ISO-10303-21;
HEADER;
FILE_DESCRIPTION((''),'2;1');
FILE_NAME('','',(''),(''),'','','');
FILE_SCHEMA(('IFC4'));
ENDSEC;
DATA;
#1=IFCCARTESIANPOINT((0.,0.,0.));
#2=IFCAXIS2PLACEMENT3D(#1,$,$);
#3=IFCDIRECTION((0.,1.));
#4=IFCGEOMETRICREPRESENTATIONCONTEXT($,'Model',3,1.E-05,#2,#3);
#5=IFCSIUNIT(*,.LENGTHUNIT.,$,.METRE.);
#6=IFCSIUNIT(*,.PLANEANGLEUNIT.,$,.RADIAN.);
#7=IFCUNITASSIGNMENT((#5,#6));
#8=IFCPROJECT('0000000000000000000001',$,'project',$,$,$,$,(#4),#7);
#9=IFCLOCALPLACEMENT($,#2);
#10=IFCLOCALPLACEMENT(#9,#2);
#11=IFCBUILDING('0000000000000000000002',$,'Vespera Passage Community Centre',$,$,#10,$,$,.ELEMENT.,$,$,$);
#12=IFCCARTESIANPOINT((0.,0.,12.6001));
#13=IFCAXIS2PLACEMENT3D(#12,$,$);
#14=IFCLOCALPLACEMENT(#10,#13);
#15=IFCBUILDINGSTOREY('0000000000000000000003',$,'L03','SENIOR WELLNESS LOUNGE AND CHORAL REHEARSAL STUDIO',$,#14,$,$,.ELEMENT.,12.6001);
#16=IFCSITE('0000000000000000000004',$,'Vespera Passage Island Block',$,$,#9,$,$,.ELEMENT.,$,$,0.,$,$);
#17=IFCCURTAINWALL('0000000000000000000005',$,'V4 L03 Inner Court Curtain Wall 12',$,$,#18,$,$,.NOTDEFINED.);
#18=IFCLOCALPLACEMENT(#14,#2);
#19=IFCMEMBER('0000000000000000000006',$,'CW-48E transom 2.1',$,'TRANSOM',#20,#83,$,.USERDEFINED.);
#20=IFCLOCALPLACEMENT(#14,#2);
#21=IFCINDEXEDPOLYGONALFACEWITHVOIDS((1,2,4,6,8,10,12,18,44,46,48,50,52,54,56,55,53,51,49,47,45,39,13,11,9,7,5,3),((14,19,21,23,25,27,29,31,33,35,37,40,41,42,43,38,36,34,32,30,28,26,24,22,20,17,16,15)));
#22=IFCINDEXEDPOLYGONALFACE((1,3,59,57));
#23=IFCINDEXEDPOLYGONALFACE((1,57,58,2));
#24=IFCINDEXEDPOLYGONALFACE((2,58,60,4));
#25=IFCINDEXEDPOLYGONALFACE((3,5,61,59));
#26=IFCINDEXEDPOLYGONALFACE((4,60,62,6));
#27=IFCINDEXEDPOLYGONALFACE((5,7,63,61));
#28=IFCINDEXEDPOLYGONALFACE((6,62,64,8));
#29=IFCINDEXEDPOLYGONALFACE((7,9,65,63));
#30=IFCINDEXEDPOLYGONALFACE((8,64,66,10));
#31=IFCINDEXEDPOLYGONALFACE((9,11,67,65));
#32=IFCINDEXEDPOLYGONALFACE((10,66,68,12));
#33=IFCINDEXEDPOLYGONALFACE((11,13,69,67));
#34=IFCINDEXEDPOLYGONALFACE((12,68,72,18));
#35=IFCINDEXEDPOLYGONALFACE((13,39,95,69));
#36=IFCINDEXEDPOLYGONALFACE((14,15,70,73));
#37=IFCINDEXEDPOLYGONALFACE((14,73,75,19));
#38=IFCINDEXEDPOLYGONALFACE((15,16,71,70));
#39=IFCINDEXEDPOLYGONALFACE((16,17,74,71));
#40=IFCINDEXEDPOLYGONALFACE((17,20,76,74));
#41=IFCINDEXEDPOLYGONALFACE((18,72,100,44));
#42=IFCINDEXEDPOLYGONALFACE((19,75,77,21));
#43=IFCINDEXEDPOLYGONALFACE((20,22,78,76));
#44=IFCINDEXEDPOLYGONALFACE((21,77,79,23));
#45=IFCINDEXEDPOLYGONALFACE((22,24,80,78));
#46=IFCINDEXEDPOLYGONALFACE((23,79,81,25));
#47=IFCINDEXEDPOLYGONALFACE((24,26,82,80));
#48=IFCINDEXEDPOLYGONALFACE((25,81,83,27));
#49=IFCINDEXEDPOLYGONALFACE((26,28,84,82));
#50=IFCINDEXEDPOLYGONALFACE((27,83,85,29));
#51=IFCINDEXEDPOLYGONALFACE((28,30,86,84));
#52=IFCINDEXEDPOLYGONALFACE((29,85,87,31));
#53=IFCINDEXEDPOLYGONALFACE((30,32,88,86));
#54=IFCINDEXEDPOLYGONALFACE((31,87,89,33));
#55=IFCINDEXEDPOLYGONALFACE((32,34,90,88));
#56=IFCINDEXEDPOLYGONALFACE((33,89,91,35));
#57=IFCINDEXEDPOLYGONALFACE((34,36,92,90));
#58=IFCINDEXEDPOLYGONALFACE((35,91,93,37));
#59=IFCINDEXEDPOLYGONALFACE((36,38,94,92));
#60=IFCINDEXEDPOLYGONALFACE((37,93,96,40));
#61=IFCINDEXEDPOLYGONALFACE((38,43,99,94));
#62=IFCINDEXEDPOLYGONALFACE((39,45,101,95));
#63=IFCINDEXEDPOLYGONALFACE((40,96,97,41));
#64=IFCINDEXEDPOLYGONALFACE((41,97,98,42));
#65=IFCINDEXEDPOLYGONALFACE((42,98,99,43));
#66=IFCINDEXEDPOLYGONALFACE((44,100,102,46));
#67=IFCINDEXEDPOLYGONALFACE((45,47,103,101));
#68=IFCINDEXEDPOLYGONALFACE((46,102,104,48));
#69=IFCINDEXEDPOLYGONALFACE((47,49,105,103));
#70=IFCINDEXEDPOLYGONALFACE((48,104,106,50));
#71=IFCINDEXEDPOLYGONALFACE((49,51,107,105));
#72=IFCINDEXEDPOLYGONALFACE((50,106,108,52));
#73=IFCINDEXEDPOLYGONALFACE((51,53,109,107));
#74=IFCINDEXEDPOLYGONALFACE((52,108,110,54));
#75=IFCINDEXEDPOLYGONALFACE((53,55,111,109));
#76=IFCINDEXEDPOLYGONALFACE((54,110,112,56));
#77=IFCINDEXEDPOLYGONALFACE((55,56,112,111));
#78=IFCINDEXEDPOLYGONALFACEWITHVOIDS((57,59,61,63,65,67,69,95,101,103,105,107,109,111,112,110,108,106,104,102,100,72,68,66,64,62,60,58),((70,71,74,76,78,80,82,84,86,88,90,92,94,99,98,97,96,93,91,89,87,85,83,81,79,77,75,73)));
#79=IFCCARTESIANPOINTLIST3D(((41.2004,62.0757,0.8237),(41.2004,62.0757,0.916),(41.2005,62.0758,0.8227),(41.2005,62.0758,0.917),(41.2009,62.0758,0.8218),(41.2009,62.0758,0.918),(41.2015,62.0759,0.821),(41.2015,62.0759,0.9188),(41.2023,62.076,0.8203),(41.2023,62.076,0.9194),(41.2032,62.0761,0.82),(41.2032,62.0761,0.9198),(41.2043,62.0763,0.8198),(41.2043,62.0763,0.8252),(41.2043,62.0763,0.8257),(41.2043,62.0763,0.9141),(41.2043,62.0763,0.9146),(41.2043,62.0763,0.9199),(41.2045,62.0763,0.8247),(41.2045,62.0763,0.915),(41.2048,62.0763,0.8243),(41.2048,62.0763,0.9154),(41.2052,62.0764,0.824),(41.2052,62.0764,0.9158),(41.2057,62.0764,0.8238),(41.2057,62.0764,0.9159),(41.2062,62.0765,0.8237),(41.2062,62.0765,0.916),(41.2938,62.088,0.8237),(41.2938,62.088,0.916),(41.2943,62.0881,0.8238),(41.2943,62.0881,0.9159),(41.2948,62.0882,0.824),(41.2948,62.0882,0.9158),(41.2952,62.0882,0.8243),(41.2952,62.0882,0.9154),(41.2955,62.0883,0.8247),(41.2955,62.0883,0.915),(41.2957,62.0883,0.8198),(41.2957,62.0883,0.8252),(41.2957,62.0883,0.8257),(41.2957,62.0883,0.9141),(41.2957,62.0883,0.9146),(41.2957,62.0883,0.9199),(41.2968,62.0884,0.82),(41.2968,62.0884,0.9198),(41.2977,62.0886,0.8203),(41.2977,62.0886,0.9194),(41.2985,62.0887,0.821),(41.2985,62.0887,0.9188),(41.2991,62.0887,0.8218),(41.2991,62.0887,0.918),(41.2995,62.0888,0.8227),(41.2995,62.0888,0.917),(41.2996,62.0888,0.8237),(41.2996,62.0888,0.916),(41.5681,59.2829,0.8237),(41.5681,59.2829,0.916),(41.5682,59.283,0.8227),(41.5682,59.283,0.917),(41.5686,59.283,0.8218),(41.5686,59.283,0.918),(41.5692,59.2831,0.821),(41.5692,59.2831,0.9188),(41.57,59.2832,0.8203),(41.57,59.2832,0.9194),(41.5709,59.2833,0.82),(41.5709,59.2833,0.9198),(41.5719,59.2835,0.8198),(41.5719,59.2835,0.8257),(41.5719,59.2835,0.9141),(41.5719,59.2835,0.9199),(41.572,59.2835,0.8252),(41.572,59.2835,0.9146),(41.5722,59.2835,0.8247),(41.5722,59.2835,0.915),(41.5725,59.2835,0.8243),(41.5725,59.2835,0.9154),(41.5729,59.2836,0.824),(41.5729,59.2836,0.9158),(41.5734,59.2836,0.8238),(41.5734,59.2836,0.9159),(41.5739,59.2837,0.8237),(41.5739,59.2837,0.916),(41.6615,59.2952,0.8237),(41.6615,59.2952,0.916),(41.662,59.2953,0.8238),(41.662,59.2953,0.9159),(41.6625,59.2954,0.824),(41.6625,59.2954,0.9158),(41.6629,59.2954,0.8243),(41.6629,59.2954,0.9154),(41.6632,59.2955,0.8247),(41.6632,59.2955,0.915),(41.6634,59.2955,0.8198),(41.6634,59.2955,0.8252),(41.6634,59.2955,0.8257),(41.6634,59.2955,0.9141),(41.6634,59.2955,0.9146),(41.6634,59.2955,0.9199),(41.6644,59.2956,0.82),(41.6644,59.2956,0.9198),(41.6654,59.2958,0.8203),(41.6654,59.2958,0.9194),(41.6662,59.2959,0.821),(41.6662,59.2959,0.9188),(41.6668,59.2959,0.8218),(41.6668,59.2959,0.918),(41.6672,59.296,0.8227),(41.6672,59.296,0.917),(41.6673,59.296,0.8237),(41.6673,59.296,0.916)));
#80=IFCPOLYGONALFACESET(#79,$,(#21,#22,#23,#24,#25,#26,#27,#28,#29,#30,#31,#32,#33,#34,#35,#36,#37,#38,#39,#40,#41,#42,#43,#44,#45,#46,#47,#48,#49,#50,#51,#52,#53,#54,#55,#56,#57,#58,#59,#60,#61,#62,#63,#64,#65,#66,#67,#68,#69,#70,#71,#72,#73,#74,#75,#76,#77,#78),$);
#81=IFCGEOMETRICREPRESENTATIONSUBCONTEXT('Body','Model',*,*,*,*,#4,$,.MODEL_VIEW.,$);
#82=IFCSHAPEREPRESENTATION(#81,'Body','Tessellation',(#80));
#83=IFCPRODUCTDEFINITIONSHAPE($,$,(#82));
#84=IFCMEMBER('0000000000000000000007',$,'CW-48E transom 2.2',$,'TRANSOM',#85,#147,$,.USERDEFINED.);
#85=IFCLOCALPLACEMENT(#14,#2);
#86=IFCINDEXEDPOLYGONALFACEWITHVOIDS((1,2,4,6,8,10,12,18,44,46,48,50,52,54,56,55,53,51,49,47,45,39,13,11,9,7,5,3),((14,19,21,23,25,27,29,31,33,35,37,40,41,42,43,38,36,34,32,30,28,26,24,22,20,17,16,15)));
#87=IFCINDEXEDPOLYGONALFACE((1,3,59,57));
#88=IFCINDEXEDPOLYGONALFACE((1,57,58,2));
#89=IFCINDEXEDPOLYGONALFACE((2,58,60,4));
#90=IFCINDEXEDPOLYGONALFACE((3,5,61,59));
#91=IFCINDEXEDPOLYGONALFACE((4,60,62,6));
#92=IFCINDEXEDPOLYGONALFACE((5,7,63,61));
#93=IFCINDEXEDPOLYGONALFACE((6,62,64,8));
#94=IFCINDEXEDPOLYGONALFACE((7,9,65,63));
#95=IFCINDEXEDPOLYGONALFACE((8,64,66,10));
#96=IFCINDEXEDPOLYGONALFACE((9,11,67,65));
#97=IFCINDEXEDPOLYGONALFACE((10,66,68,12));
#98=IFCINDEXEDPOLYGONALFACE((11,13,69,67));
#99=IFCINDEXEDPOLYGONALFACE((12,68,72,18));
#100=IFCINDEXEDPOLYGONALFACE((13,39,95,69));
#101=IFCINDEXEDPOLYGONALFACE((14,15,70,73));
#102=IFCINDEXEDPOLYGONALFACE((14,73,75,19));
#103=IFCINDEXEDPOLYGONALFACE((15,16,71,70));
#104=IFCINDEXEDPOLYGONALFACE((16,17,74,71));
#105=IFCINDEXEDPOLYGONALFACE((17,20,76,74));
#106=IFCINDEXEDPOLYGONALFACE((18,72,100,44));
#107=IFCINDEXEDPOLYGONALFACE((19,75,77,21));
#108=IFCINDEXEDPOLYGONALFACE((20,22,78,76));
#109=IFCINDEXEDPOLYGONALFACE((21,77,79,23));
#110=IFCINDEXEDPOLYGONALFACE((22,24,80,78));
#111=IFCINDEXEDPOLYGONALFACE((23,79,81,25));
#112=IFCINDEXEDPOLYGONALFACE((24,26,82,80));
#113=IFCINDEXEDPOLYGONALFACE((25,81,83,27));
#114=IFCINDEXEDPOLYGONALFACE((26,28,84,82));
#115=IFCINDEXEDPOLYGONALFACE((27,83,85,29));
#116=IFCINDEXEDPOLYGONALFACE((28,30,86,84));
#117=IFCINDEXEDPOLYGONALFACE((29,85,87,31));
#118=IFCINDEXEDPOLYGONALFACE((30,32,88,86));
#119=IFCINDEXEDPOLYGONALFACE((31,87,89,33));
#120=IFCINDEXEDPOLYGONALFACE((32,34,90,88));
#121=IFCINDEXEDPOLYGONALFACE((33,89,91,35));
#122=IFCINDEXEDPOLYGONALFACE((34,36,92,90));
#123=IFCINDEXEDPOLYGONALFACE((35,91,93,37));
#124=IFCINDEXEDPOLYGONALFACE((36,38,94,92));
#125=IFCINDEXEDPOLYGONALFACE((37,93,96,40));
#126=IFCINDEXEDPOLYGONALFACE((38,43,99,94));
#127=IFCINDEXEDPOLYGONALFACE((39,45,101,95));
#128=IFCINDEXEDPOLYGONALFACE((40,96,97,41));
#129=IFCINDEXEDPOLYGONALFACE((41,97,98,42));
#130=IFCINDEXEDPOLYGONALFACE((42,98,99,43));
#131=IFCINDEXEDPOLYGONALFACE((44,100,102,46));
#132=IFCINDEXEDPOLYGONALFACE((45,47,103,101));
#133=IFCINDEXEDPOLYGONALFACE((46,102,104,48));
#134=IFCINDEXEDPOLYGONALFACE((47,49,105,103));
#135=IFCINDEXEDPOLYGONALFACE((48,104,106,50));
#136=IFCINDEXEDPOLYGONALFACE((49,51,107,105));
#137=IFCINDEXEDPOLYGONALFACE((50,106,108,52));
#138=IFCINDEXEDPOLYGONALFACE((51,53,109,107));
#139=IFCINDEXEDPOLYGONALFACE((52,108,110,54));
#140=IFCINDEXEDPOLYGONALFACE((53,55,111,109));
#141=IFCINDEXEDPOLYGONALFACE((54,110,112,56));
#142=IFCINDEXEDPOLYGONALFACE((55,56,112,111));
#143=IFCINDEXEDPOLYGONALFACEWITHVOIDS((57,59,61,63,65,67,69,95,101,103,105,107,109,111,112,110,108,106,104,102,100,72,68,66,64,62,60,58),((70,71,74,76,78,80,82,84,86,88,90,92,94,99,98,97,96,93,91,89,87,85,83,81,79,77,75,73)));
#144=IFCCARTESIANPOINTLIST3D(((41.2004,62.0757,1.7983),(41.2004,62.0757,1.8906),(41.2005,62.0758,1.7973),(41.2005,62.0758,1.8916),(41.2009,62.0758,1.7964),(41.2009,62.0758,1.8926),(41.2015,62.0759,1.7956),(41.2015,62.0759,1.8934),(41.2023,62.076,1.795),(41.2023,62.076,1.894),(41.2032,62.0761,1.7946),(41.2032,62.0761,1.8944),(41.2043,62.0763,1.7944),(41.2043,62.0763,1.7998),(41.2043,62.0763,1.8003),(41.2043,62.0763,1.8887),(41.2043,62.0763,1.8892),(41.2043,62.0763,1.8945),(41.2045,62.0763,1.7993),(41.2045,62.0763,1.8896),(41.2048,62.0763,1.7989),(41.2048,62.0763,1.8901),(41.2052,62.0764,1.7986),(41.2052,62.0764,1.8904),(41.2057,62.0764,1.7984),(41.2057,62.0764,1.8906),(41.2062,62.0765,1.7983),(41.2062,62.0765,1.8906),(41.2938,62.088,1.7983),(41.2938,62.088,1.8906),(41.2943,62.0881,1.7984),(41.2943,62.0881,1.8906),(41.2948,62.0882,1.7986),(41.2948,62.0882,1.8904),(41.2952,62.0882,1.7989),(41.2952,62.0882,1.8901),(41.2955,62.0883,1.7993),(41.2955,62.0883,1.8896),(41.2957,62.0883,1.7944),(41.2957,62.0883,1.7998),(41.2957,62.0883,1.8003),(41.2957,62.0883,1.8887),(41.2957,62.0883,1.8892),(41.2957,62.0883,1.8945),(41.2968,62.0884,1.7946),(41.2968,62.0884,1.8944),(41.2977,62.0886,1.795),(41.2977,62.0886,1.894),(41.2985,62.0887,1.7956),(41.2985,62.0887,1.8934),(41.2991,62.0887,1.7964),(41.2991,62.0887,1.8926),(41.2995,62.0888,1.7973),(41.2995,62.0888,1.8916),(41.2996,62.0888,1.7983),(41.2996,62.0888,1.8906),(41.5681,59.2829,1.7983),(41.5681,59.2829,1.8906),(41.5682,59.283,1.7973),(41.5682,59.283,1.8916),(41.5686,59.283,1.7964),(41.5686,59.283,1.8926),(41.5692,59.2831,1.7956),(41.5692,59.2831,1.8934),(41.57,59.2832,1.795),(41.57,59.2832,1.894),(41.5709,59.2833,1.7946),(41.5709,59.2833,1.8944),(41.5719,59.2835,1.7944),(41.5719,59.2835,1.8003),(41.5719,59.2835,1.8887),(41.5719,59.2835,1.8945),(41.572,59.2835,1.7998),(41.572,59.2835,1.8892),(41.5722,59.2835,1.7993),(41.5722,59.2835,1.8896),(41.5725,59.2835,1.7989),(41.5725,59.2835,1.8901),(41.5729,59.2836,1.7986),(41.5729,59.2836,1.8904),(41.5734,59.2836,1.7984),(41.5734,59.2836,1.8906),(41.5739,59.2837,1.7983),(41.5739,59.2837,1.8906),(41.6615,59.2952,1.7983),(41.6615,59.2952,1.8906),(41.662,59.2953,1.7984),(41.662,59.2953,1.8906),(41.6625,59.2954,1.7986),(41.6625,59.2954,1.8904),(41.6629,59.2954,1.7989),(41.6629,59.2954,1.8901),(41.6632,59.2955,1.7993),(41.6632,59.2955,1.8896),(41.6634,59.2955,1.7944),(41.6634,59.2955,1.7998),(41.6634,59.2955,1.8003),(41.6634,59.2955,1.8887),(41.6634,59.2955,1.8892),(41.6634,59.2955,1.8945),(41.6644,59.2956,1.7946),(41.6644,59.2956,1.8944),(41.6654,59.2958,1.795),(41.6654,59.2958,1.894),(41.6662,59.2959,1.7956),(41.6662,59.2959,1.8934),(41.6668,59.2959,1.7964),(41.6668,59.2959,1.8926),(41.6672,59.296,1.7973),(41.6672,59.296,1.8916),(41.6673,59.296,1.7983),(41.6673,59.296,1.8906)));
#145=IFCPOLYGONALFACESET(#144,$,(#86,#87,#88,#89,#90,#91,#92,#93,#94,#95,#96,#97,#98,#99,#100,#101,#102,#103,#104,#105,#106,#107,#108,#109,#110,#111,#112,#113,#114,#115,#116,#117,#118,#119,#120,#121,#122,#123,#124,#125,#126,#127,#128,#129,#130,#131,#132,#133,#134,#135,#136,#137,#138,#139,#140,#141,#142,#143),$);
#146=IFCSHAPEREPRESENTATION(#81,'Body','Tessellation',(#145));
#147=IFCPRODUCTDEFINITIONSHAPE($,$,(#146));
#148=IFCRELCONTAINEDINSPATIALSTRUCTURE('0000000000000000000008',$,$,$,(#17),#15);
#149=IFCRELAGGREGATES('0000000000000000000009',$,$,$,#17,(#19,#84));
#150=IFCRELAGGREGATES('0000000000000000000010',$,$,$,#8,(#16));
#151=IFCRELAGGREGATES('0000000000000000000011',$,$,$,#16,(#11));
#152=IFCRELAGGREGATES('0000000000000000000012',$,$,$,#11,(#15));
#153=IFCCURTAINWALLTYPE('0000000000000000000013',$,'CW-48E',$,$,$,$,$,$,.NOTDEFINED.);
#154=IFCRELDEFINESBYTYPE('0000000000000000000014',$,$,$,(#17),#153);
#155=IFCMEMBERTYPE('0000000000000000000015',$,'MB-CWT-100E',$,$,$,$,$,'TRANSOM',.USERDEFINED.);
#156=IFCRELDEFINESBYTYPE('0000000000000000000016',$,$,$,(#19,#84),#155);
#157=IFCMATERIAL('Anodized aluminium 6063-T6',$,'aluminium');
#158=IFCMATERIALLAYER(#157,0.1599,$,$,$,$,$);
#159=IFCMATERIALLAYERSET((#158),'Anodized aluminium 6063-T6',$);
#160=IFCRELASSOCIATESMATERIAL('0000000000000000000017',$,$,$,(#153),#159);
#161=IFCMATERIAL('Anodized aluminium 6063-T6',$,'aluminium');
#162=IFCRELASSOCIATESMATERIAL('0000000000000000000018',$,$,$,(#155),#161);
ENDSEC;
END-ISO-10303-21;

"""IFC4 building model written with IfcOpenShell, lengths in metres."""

from ifc_helpers import new_model, si_unit, direction, frame, origin, origin_2d, place, context, subcontext, project, spatial, hollow_rectangle, extrude, material, layer, layer_set, material_profile, profile_set, type_object, element, aggregate, save


model = new_model("IFC4")

# Units and contexts
model_context = context("Model", 3, precision=1e-05, world=origin(), true_north=direction((0.0, 1.0)))
body_context = subcontext(model_context, "Body", "Model", "MODEL_VIEW")
ifc_project = project(units=[si_unit("LENGTHUNIT", "METRE"), si_unit("PLANEANGLEUNIT", "RADIAN")], contexts=[model_context])

# Site, building, storey
site_placement = place(None, origin())
site = spatial("IfcSite", under=ifc_project, at=site_placement, Name="Vespera Passage Island Block", CompositionType="ELEMENT", RefElevation=0.0)
building_placement = place(site_placement, origin())
building = spatial("IfcBuilding", under=site, at=building_placement, Name="Vespera Passage Community Centre", CompositionType="ELEMENT")
storey_placement = place(building_placement, frame((0.0, 0.0, 12.6001)))
storey = spatial("IfcBuildingStorey", under=building, at=storey_placement, Name="L03", Description="SENIOR WELLNESS LOUNGE AND CHORAL REHEARSAL STUDIO", CompositionType="ELEMENT", Elevation=12.6001)

# Curtain wall, members
ifc_material_1 = material(Name="Anodized aluminium 6063-T6", Category="aluminium")
ifc_layer_1 = layer(ifc_material_1, 0.1599)
ifc_layer_set_1 = layer_set([ifc_layer_1], Name="Anodized aluminium 6063-T6")
curtain_wall_type_1 = type_object("IfcCurtainWallType", Name="CW-48E", PredefinedType="NOTDEFINED", material=ifc_layer_set_1)
curtain_wall_1_placement = place(storey_placement, origin())
curtain_wall_1 = element("IfcCurtainWall", 1, at=curtain_wall_1_placement, inside=storey, type_object=curtain_wall_type_1, Name="V4 L03 Inner Court Curtain Wall 12", PredefinedType="NOTDEFINED")
ifc_material_2 = material(Name="Anodized aluminium 6063-T6", Category="aluminium")
ifc_material_profile_1 = material_profile(ifc_material_2, hollow_rectangle(XDim=0.1001, YDim=0.1001, WallThickness=0.0039, InnerFilletRadius=0.002, OuterFilletRadius=0.0039, at=origin_2d()), Name="ALU100X100X4")
ifc_profile_set_1 = profile_set([ifc_material_profile_1], Name="Anodized aluminium 6063-T6")
member_type_1 = type_object("IfcMemberType", Name="MB-CWT-100E", ElementType="TRANSOM", PredefinedType="USERDEFINED", material=ifc_profile_set_1)
member_1_placement = place(storey_placement, frame((41.25, 62.0823, 0.8699), z_axis=(0.130528, -0.991445, 0.0), x_axis=(0.991445, 0.130528, 0.0)))
member_1 = element("IfcMember", 2, at=member_1_placement, type_object=member_type_1, Name="CW-48E transom 2.1", ObjectType="TRANSOM", PredefinedType="USERDEFINED", context=body_context, shape_type="SweptSolid", body=[
    extrude(hollow_rectangle(XDim=0.1001, YDim=0.1001, WallThickness=0.0039, InnerFilletRadius=0.002, OuterFilletRadius=0.0039, at=origin_2d()), origin(), (0.0, 0.0, 1.0), 2.8169),
])
member_2_placement = place(storey_placement, frame((41.25, 62.0823, 1.8445), z_axis=(0.130528, -0.991445, 0.0), x_axis=(0.991445, 0.130528, 0.0)))
member_2 = element("IfcMember", 3, at=member_2_placement, type_object=member_type_1, Name="CW-48E transom 2.2", ObjectType="TRANSOM", PredefinedType="USERDEFINED", context=body_context, shape_type="SweptSolid", body=[
    extrude(hollow_rectangle(XDim=0.1001, YDim=0.1001, WallThickness=0.0039, InnerFilletRadius=0.002, OuterFilletRadius=0.0039, at=origin_2d()), origin(), (0.0, 0.0, 1.0), 2.8169),
])

aggregate(curtain_wall_1, [member_1, member_2])

save(model, "model.ifc")
